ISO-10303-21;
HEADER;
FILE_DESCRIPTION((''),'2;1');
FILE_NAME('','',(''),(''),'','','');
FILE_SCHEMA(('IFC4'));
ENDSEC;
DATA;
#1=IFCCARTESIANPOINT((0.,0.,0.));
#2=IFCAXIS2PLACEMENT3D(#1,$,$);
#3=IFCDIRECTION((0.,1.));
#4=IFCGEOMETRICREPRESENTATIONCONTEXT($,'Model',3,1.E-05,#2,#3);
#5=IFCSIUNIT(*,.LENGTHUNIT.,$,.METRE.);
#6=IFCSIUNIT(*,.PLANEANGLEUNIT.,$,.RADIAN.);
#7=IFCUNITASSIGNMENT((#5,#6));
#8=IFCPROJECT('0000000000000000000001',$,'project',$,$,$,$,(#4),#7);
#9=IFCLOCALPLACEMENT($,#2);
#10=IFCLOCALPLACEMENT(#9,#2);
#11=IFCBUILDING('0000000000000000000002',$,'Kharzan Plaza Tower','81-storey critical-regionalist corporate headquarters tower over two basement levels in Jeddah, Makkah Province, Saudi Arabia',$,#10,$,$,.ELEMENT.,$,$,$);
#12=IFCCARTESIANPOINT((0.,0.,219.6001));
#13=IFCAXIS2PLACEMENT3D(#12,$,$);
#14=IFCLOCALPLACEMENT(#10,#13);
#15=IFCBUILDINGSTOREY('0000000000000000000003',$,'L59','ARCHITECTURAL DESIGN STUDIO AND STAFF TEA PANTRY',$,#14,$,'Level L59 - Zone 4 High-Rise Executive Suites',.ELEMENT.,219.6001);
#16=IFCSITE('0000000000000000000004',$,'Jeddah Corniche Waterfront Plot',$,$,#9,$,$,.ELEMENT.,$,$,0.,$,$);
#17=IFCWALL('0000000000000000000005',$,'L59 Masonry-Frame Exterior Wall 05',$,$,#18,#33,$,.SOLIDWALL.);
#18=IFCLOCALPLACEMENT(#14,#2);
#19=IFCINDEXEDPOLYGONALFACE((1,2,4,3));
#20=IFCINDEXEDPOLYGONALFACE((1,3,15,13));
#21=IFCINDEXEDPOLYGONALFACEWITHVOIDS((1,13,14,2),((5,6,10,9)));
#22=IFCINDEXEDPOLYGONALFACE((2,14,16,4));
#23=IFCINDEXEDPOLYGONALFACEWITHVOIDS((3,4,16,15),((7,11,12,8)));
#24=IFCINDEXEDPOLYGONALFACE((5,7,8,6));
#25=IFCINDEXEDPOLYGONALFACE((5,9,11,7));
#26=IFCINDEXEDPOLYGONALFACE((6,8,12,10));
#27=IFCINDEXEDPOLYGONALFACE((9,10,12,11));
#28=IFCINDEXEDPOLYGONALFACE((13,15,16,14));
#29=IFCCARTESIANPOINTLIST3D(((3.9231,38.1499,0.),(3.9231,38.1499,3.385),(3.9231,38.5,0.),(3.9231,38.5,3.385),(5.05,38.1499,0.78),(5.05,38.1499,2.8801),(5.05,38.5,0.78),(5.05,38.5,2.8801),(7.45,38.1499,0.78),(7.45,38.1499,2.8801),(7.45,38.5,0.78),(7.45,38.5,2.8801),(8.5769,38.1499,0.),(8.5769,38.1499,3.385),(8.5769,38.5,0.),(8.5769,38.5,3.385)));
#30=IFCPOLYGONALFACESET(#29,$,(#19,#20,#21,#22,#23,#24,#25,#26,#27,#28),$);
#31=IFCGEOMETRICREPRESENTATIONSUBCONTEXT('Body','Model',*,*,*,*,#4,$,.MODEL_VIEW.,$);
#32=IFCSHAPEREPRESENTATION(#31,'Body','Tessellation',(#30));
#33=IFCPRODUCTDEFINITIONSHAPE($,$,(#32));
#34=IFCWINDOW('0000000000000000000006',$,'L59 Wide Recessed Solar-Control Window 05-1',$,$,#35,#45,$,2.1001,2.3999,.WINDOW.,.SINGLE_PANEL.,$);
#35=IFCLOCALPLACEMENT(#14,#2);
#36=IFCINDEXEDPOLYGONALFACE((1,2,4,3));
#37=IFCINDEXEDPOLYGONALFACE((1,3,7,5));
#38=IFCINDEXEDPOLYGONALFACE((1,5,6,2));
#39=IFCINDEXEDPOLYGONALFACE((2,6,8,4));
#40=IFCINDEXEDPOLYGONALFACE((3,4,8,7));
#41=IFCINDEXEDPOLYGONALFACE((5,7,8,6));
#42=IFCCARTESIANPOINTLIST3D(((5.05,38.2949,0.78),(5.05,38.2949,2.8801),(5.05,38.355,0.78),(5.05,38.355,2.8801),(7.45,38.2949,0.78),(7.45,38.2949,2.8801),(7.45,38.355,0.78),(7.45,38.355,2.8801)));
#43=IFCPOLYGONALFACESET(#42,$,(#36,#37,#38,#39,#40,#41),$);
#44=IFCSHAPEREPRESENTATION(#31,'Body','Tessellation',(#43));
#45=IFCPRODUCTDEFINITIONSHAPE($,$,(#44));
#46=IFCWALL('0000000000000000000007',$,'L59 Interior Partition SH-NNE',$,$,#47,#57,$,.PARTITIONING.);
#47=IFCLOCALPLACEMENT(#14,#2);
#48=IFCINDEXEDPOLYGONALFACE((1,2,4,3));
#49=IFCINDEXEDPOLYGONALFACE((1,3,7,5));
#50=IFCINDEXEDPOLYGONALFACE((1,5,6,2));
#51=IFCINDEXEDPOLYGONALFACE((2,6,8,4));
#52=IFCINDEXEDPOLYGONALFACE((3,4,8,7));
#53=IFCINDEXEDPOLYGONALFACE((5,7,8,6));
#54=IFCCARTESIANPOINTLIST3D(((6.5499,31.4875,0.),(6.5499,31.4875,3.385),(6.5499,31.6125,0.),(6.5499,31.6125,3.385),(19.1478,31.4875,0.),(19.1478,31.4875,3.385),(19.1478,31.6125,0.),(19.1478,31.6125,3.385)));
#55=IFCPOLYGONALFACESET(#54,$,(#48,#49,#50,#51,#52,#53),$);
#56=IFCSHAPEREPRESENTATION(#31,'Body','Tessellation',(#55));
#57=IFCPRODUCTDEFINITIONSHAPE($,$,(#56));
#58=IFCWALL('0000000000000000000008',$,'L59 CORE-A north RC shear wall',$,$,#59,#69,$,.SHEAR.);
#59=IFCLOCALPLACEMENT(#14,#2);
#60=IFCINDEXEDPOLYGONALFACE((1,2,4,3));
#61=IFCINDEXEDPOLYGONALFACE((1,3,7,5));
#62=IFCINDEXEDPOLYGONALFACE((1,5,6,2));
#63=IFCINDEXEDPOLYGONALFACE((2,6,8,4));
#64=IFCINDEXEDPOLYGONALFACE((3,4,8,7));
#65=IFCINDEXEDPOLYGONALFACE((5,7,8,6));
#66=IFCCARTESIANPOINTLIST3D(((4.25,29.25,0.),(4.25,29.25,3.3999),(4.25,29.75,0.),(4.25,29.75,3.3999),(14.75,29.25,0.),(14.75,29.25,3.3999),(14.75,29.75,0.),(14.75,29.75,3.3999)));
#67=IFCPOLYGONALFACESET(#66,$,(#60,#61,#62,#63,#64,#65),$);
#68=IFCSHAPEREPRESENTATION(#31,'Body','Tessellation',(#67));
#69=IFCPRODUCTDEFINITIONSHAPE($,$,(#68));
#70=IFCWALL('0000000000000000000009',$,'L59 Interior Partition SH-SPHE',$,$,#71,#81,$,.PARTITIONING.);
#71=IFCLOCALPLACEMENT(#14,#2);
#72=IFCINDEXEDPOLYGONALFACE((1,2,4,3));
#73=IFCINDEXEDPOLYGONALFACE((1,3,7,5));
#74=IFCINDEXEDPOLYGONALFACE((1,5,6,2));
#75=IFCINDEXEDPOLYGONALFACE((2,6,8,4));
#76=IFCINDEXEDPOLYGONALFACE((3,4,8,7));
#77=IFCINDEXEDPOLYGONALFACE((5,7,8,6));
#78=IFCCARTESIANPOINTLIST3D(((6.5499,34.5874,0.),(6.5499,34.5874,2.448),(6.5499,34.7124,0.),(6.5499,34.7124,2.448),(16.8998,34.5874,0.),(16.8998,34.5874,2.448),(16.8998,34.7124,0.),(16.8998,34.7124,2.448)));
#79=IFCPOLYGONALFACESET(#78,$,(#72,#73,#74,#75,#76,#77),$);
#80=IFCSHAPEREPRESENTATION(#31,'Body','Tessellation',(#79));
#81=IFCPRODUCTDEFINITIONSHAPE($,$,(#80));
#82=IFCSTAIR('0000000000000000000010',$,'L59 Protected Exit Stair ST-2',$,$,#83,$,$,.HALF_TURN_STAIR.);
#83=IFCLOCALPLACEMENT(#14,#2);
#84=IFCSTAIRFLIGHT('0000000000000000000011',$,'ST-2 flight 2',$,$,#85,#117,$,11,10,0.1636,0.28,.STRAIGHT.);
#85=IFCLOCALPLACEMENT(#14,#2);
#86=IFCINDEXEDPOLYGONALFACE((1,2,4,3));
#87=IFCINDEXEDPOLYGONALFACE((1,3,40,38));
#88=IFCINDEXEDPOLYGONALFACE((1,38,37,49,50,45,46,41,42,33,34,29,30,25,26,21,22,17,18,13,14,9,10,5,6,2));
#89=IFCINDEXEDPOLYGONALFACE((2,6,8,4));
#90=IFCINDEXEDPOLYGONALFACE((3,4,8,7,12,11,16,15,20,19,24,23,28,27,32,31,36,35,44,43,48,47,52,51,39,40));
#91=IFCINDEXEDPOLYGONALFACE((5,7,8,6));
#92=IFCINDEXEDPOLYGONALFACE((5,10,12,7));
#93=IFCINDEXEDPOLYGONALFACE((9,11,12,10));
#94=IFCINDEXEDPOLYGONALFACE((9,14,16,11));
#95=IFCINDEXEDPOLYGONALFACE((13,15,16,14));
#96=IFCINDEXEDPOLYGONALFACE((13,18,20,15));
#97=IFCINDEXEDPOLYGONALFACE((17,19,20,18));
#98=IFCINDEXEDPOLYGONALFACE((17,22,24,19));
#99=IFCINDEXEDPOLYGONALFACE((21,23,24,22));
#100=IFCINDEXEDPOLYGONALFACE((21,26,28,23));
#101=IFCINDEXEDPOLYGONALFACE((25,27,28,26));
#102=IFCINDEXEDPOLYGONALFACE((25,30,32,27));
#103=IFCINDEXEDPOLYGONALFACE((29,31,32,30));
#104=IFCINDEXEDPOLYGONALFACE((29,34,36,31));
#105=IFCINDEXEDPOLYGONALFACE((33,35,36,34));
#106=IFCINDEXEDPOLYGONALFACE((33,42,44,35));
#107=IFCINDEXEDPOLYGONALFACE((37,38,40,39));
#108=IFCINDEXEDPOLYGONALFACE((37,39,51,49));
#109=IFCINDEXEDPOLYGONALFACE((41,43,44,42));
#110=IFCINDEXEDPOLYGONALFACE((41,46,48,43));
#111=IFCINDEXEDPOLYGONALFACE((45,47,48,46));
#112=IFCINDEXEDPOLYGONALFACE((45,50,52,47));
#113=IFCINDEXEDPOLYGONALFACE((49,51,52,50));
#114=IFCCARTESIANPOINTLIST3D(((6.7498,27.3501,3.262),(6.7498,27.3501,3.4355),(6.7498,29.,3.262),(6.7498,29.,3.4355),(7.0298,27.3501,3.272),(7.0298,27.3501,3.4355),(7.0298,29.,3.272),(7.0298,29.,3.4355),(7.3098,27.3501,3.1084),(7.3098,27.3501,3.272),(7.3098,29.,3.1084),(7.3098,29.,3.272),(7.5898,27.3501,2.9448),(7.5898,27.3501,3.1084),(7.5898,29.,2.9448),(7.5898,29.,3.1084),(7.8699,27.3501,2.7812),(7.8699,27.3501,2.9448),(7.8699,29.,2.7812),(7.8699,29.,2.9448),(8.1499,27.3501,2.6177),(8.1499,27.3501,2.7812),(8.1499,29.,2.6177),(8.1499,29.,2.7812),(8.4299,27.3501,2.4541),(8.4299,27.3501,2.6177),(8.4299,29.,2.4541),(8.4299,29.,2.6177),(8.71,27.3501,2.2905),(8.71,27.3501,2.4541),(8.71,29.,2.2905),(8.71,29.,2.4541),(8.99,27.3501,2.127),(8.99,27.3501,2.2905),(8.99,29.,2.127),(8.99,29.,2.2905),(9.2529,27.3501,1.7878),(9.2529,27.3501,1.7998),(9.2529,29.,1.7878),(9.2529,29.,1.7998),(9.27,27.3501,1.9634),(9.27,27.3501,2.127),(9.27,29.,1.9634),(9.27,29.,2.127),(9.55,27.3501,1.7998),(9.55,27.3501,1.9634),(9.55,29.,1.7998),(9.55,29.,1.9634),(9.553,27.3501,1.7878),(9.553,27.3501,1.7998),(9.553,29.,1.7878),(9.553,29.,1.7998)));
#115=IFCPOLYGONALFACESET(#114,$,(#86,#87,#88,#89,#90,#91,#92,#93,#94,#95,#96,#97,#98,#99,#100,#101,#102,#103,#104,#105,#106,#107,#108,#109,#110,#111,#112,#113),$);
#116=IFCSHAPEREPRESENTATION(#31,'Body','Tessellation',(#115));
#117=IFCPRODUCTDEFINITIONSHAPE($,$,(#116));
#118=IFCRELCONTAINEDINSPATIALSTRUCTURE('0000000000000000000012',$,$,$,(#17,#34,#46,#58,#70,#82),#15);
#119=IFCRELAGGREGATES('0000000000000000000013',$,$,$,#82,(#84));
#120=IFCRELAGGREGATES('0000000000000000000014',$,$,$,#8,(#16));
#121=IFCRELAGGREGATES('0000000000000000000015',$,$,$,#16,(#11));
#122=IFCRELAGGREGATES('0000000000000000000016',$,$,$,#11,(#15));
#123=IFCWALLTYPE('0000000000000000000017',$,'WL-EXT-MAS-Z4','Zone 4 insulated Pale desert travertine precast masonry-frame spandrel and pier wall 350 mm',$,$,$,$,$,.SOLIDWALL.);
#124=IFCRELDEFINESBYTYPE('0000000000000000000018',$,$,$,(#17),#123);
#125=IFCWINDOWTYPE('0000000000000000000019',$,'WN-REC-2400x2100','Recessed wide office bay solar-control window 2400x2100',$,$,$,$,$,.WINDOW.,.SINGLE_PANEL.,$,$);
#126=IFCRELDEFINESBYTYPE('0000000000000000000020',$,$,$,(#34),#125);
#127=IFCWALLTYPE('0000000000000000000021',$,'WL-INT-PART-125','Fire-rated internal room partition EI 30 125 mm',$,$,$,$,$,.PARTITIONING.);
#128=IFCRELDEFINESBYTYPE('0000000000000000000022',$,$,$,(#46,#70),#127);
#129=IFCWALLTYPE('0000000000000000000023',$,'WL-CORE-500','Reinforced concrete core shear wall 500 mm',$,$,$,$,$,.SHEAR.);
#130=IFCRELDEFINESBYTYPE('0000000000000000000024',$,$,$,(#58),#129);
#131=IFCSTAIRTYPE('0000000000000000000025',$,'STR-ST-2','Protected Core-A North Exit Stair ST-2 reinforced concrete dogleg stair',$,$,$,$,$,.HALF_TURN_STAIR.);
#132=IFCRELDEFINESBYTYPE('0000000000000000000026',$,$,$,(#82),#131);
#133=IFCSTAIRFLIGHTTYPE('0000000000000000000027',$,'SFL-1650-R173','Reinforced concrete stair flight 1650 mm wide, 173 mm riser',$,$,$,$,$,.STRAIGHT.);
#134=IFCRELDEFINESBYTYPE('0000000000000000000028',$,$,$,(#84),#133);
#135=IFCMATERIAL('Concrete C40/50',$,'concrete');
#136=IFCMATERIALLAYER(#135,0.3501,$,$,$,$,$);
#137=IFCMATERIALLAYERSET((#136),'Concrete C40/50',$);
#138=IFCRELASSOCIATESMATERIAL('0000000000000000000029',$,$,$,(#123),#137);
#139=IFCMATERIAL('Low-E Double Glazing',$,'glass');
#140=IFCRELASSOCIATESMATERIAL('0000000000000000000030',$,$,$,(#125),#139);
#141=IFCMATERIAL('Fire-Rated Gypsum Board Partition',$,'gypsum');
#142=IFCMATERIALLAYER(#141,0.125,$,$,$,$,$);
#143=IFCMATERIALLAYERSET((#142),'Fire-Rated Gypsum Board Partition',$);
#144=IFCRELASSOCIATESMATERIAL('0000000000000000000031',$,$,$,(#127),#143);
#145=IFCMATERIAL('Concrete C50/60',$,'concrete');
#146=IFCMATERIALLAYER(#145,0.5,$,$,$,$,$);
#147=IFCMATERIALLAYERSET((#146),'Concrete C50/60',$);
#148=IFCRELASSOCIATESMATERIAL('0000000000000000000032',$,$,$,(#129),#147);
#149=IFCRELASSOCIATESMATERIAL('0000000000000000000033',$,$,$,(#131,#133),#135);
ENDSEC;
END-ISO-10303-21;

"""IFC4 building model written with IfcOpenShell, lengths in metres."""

from ifc_helpers import new_model, si_unit, direction, frame, frame_2d, origin, place, context, subcontext, project, spatial, polyline, rectangle, outline, extrude, source, transform, mapped, material, layer, layer_set, type_object, element, fill, aggregate, save


model = new_model("IFC4")

# Units and contexts
model_context = context("Model", 3, precision=1e-05, world=origin(), true_north=direction((0.0, 1.0)))
body_context = subcontext(model_context, "Body", "Model", "MODEL_VIEW")
ifc_project = project(units=[si_unit("LENGTHUNIT", "METRE"), si_unit("PLANEANGLEUNIT", "RADIAN")], contexts=[model_context])

# Site, building, storey
site_placement = place(None, origin())
site = spatial("IfcSite", under=ifc_project, at=site_placement, Name="Jeddah Corniche Waterfront Plot", CompositionType="ELEMENT", RefElevation=0.0)
building_placement = place(site_placement, origin())
building = spatial("IfcBuilding", under=site, at=building_placement, Name="Kharzan Plaza Tower", Description="81-storey critical-regionalist corporate headquarters tower over two basement levels in Jeddah, Makkah Province, Saudi Arabia", CompositionType="ELEMENT")
storey_placement = place(building_placement, frame((0.0, 0.0, 219.6001)))
storey = spatial("IfcBuildingStorey", under=building, at=storey_placement, Name="L59", Description="ARCHITECTURAL DESIGN STUDIO AND STAFF TEA PANTRY", LongName="Level L59 - Zone 4 High-Rise Executive Suites", CompositionType="ELEMENT", Elevation=219.6001)

# Shared definitions
ifc_material_1 = material(Name="Concrete C50/60", Category="concrete")

# Wall, opening, window
ifc_material_2 = material(Name="Concrete C40/50", Category="concrete")
ifc_layer_1 = layer(ifc_material_2, 0.3501)
ifc_layer_set_1 = layer_set([ifc_layer_1], Name="Concrete C40/50")
wall_type_1 = type_object("IfcWallType", Name="WL-EXT-MAS-Z4", Description="Zone 4 insulated Pale desert travertine precast masonry-frame spandrel and pier wall 350 mm", PredefinedType="SOLIDWALL", material=ifc_layer_set_1)
ifc_material_3 = material(Name="Low-E Double Glazing", Category="glass")
window_type = type_object("IfcWindowType", Name="WN-REC-2400x2100", Description="Recessed wide office bay solar-control window 2400x2100", PartitioningType="SINGLE_PANEL", PredefinedType="WINDOW", material=ifc_material_3)
shared_shape_1 = source(origin(), body_context, "Body", "SweptSolid", [
    extrude(rectangle(XDim=2.3999, YDim=2.1001, at=frame_2d((1.2, 1.05))), frame((0.0, 0.03, 0.0), z_axis=(0.0, -1.0, 0.0), x_axis=(1.0, 0.0, 0.0)), (0.0, 0.0, 1.0), 0.0601),
])
wall_1_placement = place(storey_placement, frame((8.5769, 38.325, 0.0), z_axis=(0.0, 0.0, 1.0), x_axis=(-1.0, 0.0, 0.0)))
wall_1 = element("IfcWall", 1, at=wall_1_placement, inside=storey, type_object=wall_type_1, Name="L59 Masonry-Frame Exterior Wall 05", PredefinedType="SOLIDWALL", context=body_context, shape_type="SweptSolid", body=[
    extrude(rectangle(XDim=4.6538, YDim=0.3501, at=frame_2d((2.3269, 0.0))), origin(), (0.0, 0.0, 1.0), 3.385),
])
opening_1_placement = place(wall_1_placement, frame((1.127, 0.0, 0.78)))
opening_1 = element("IfcOpeningElement", 2, at=opening_1_placement, cuts=wall_1, PredefinedType="OPENING", context=body_context, shape_type="SweptSolid", body=[
    extrude(rectangle(XDim=2.3999, YDim=2.1001, at=frame_2d((1.2, 1.05))), frame((0.0, 0.1851, 0.0), z_axis=(0.0, -1.0, 0.0), x_axis=(1.0, 0.0, 0.0)), (0.0, 0.0, 1.0), 0.3701),
])
window_1_placement = place(opening_1_placement, origin())
window_1 = element("IfcWindow", 3, at=window_1_placement, inside=storey, type_object=window_type, Name="L59 Wide Recessed Solar-Control Window 05-1", OverallHeight=2.1001, OverallWidth=2.3999, PartitioningType="SINGLE_PANEL", PredefinedType="WINDOW", context=body_context, shape_type="MappedRepresentation", body=[
    mapped(shared_shape_1, transform((0.0, 0.0, 0.0), x_axis=(1.0, 0.0, 0.0), y_axis=(0.0, 1.0, 0.0), z_axis=(0.0, 0.0, 1.0))),
])
fill(opening_1, window_1)

# Shared definitions
ifc_material_4 = material(Name="Fire-Rated Gypsum Board Partition", Category="gypsum")
ifc_layer_2 = layer(ifc_material_4, 0.125)
ifc_layer_set_2 = layer_set([ifc_layer_2], Name="Fire-Rated Gypsum Board Partition")
wall_type_2 = type_object("IfcWallType", Name="WL-INT-PART-125", Description="Fire-rated internal room partition EI 30 125 mm", PredefinedType="PARTITIONING", material=ifc_layer_set_2)

# Walls
shared_shape_2 = source(origin(), body_context, "Body", "SweptSolid", [
    extrude(rectangle(XDim=12.5979, YDim=0.125, at=frame_2d((6.2988, 0.0))), origin(), (0.0, 0.0, 1.0), 3.385),
])
wall_2_placement = place(storey_placement, frame((6.55, 31.55, 0.0), z_axis=(0.0, 0.0, 1.0), x_axis=(1.0, 0.0, 0.0)))
element("IfcWall", 4, at=wall_2_placement, inside=storey, type_object=wall_type_2, Name="L59 Interior Partition SH-NNE", PredefinedType="PARTITIONING", context=body_context, shape_type="MappedRepresentation", body=[
    mapped(shared_shape_2, transform((0.0, 0.0, 0.0), x_axis=(1.0, 0.0, 0.0), y_axis=(0.0, 1.0, 0.0), z_axis=(0.0, 0.0, 1.0))),
])
ifc_layer_3 = layer(ifc_material_1, 0.5)
ifc_layer_set_3 = layer_set([ifc_layer_3], Name="Concrete C50/60")
wall_type_3 = type_object("IfcWallType", Name="WL-CORE-500", Description="Reinforced concrete core shear wall 500 mm", PredefinedType="SHEAR", material=ifc_layer_set_3)
shared_shape_3 = source(origin(), body_context, "Body", "SweptSolid", [
    extrude(rectangle(XDim=10.5, YDim=0.5, at=frame_2d((5.25, 0.0))), origin(), (0.0, 0.0, 1.0), 3.3999),
])
wall_3_placement = place(storey_placement, frame((4.25, 29.5, 0.0), z_axis=(0.0, 0.0, 1.0), x_axis=(1.0, 0.0, 0.0)))
element("IfcWall", 5, at=wall_3_placement, inside=storey, type_object=wall_type_3, Name="L59 CORE-A north RC shear wall", PredefinedType="SHEAR", context=body_context, shape_type="MappedRepresentation", body=[
    mapped(shared_shape_3, transform((0.0, 0.0, 0.0), x_axis=(1.0, 0.0, 0.0), y_axis=(0.0, 1.0, 0.0), z_axis=(0.0, 0.0, 1.0))),
])
shared_shape_4 = source(origin(), body_context, "Body", "SweptSolid", [
    extrude(rectangle(XDim=10.3499, YDim=0.125, at=frame_2d((5.1748, 0.0))), origin(), (0.0, 0.0, 1.0), 2.448),
])
wall_4_placement = place(storey_placement, frame((6.55, 34.6499, 0.0), z_axis=(0.0, 0.0, 1.0), x_axis=(1.0, 0.0, 0.0)))
element("IfcWall", 6, at=wall_4_placement, inside=storey, type_object=wall_type_2, Name="L59 Interior Partition SH-SPHE", PredefinedType="PARTITIONING", context=body_context, shape_type="MappedRepresentation", body=[
    mapped(shared_shape_4, transform((0.0, 0.0, 0.0), x_axis=(1.0, 0.0, 0.0), y_axis=(0.0, 1.0, 0.0), z_axis=(0.0, 0.0, 1.0))),
])

# Stair, stair flight
stair_type = type_object("IfcStairType", Name="STR-ST-2", Description="Protected Core-A North Exit Stair ST-2 reinforced concrete dogleg stair", PredefinedType="HALF_TURN_STAIR", material=ifc_material_2)
stair_placement = place(storey_placement, origin())
stair = element("IfcStair", 7, at=stair_placement, inside=storey, type_object=stair_type, Name="L59 Protected Exit Stair ST-2", PredefinedType="HALF_TURN_STAIR")
stair_flight_type = type_object("IfcStairFlightType", Name="SFL-1650-R173", Description="Reinforced concrete stair flight 1650 mm wide, 173 mm riser", PredefinedType="STRAIGHT", material=ifc_material_2)
shared_shape_5 = source(origin(), body_context, "Body", "SweptSolid", [
    extrude(outline(polyline([(-0.0029, -0.012), (-0.0029, 0.0), (0.0, 0.0), (0.0, 0.1636), (0.28, 0.1636), (0.28, 0.3271), (0.5601, 0.3271), (0.5601, 0.4907), (0.8401, 0.4907), (0.8401, 0.6543), (1.1201, 0.6543), (1.1201, 0.8179), (1.4001, 0.8179), (1.4001, 0.9814), (1.6802, 0.9814), (1.6802, 1.145), (1.9602, 1.145), (1.9602, 1.3086), (2.2402, 1.3086), (2.2402, 1.4722), (2.5203, 1.4722), (2.5203, 1.6357), (2.8003, 1.6357), (2.8003, 1.7993), (2.8003, 1.4622), (0.2971, 0.0), (0.2971, -0.012), (-0.0029, -0.012)])), frame((0.0, 0.825, 0.0), z_axis=(0.0, -1.0, 0.0), x_axis=(1.0, 0.0, 0.0)), (0.0, 0.0, 1.0), 1.6499),
])
stair_flight_placement = place(storey_placement, frame((9.55, 28.175, 1.7998), z_axis=(0.0, 0.0, 1.0), x_axis=(-1.0, 0.0, 0.0)))
stair_flight = element("IfcStairFlight", 8, at=stair_flight_placement, type_object=stair_flight_type, Name="ST-2 flight 2", NumberOfRisers=11, NumberOfTreads=10, PredefinedType="STRAIGHT", RiserHeight=0.1636, TreadLength=0.28, context=body_context, shape_type="MappedRepresentation", body=[
    mapped(shared_shape_5, transform((0.0, 0.0, 0.0), x_axis=(1.0, 0.0, 0.0), y_axis=(0.0, 1.0, 0.0), z_axis=(0.0, 0.0, 1.0))),
])
aggregate(stair, [stair_flight])

save(model, "model.ifc")
